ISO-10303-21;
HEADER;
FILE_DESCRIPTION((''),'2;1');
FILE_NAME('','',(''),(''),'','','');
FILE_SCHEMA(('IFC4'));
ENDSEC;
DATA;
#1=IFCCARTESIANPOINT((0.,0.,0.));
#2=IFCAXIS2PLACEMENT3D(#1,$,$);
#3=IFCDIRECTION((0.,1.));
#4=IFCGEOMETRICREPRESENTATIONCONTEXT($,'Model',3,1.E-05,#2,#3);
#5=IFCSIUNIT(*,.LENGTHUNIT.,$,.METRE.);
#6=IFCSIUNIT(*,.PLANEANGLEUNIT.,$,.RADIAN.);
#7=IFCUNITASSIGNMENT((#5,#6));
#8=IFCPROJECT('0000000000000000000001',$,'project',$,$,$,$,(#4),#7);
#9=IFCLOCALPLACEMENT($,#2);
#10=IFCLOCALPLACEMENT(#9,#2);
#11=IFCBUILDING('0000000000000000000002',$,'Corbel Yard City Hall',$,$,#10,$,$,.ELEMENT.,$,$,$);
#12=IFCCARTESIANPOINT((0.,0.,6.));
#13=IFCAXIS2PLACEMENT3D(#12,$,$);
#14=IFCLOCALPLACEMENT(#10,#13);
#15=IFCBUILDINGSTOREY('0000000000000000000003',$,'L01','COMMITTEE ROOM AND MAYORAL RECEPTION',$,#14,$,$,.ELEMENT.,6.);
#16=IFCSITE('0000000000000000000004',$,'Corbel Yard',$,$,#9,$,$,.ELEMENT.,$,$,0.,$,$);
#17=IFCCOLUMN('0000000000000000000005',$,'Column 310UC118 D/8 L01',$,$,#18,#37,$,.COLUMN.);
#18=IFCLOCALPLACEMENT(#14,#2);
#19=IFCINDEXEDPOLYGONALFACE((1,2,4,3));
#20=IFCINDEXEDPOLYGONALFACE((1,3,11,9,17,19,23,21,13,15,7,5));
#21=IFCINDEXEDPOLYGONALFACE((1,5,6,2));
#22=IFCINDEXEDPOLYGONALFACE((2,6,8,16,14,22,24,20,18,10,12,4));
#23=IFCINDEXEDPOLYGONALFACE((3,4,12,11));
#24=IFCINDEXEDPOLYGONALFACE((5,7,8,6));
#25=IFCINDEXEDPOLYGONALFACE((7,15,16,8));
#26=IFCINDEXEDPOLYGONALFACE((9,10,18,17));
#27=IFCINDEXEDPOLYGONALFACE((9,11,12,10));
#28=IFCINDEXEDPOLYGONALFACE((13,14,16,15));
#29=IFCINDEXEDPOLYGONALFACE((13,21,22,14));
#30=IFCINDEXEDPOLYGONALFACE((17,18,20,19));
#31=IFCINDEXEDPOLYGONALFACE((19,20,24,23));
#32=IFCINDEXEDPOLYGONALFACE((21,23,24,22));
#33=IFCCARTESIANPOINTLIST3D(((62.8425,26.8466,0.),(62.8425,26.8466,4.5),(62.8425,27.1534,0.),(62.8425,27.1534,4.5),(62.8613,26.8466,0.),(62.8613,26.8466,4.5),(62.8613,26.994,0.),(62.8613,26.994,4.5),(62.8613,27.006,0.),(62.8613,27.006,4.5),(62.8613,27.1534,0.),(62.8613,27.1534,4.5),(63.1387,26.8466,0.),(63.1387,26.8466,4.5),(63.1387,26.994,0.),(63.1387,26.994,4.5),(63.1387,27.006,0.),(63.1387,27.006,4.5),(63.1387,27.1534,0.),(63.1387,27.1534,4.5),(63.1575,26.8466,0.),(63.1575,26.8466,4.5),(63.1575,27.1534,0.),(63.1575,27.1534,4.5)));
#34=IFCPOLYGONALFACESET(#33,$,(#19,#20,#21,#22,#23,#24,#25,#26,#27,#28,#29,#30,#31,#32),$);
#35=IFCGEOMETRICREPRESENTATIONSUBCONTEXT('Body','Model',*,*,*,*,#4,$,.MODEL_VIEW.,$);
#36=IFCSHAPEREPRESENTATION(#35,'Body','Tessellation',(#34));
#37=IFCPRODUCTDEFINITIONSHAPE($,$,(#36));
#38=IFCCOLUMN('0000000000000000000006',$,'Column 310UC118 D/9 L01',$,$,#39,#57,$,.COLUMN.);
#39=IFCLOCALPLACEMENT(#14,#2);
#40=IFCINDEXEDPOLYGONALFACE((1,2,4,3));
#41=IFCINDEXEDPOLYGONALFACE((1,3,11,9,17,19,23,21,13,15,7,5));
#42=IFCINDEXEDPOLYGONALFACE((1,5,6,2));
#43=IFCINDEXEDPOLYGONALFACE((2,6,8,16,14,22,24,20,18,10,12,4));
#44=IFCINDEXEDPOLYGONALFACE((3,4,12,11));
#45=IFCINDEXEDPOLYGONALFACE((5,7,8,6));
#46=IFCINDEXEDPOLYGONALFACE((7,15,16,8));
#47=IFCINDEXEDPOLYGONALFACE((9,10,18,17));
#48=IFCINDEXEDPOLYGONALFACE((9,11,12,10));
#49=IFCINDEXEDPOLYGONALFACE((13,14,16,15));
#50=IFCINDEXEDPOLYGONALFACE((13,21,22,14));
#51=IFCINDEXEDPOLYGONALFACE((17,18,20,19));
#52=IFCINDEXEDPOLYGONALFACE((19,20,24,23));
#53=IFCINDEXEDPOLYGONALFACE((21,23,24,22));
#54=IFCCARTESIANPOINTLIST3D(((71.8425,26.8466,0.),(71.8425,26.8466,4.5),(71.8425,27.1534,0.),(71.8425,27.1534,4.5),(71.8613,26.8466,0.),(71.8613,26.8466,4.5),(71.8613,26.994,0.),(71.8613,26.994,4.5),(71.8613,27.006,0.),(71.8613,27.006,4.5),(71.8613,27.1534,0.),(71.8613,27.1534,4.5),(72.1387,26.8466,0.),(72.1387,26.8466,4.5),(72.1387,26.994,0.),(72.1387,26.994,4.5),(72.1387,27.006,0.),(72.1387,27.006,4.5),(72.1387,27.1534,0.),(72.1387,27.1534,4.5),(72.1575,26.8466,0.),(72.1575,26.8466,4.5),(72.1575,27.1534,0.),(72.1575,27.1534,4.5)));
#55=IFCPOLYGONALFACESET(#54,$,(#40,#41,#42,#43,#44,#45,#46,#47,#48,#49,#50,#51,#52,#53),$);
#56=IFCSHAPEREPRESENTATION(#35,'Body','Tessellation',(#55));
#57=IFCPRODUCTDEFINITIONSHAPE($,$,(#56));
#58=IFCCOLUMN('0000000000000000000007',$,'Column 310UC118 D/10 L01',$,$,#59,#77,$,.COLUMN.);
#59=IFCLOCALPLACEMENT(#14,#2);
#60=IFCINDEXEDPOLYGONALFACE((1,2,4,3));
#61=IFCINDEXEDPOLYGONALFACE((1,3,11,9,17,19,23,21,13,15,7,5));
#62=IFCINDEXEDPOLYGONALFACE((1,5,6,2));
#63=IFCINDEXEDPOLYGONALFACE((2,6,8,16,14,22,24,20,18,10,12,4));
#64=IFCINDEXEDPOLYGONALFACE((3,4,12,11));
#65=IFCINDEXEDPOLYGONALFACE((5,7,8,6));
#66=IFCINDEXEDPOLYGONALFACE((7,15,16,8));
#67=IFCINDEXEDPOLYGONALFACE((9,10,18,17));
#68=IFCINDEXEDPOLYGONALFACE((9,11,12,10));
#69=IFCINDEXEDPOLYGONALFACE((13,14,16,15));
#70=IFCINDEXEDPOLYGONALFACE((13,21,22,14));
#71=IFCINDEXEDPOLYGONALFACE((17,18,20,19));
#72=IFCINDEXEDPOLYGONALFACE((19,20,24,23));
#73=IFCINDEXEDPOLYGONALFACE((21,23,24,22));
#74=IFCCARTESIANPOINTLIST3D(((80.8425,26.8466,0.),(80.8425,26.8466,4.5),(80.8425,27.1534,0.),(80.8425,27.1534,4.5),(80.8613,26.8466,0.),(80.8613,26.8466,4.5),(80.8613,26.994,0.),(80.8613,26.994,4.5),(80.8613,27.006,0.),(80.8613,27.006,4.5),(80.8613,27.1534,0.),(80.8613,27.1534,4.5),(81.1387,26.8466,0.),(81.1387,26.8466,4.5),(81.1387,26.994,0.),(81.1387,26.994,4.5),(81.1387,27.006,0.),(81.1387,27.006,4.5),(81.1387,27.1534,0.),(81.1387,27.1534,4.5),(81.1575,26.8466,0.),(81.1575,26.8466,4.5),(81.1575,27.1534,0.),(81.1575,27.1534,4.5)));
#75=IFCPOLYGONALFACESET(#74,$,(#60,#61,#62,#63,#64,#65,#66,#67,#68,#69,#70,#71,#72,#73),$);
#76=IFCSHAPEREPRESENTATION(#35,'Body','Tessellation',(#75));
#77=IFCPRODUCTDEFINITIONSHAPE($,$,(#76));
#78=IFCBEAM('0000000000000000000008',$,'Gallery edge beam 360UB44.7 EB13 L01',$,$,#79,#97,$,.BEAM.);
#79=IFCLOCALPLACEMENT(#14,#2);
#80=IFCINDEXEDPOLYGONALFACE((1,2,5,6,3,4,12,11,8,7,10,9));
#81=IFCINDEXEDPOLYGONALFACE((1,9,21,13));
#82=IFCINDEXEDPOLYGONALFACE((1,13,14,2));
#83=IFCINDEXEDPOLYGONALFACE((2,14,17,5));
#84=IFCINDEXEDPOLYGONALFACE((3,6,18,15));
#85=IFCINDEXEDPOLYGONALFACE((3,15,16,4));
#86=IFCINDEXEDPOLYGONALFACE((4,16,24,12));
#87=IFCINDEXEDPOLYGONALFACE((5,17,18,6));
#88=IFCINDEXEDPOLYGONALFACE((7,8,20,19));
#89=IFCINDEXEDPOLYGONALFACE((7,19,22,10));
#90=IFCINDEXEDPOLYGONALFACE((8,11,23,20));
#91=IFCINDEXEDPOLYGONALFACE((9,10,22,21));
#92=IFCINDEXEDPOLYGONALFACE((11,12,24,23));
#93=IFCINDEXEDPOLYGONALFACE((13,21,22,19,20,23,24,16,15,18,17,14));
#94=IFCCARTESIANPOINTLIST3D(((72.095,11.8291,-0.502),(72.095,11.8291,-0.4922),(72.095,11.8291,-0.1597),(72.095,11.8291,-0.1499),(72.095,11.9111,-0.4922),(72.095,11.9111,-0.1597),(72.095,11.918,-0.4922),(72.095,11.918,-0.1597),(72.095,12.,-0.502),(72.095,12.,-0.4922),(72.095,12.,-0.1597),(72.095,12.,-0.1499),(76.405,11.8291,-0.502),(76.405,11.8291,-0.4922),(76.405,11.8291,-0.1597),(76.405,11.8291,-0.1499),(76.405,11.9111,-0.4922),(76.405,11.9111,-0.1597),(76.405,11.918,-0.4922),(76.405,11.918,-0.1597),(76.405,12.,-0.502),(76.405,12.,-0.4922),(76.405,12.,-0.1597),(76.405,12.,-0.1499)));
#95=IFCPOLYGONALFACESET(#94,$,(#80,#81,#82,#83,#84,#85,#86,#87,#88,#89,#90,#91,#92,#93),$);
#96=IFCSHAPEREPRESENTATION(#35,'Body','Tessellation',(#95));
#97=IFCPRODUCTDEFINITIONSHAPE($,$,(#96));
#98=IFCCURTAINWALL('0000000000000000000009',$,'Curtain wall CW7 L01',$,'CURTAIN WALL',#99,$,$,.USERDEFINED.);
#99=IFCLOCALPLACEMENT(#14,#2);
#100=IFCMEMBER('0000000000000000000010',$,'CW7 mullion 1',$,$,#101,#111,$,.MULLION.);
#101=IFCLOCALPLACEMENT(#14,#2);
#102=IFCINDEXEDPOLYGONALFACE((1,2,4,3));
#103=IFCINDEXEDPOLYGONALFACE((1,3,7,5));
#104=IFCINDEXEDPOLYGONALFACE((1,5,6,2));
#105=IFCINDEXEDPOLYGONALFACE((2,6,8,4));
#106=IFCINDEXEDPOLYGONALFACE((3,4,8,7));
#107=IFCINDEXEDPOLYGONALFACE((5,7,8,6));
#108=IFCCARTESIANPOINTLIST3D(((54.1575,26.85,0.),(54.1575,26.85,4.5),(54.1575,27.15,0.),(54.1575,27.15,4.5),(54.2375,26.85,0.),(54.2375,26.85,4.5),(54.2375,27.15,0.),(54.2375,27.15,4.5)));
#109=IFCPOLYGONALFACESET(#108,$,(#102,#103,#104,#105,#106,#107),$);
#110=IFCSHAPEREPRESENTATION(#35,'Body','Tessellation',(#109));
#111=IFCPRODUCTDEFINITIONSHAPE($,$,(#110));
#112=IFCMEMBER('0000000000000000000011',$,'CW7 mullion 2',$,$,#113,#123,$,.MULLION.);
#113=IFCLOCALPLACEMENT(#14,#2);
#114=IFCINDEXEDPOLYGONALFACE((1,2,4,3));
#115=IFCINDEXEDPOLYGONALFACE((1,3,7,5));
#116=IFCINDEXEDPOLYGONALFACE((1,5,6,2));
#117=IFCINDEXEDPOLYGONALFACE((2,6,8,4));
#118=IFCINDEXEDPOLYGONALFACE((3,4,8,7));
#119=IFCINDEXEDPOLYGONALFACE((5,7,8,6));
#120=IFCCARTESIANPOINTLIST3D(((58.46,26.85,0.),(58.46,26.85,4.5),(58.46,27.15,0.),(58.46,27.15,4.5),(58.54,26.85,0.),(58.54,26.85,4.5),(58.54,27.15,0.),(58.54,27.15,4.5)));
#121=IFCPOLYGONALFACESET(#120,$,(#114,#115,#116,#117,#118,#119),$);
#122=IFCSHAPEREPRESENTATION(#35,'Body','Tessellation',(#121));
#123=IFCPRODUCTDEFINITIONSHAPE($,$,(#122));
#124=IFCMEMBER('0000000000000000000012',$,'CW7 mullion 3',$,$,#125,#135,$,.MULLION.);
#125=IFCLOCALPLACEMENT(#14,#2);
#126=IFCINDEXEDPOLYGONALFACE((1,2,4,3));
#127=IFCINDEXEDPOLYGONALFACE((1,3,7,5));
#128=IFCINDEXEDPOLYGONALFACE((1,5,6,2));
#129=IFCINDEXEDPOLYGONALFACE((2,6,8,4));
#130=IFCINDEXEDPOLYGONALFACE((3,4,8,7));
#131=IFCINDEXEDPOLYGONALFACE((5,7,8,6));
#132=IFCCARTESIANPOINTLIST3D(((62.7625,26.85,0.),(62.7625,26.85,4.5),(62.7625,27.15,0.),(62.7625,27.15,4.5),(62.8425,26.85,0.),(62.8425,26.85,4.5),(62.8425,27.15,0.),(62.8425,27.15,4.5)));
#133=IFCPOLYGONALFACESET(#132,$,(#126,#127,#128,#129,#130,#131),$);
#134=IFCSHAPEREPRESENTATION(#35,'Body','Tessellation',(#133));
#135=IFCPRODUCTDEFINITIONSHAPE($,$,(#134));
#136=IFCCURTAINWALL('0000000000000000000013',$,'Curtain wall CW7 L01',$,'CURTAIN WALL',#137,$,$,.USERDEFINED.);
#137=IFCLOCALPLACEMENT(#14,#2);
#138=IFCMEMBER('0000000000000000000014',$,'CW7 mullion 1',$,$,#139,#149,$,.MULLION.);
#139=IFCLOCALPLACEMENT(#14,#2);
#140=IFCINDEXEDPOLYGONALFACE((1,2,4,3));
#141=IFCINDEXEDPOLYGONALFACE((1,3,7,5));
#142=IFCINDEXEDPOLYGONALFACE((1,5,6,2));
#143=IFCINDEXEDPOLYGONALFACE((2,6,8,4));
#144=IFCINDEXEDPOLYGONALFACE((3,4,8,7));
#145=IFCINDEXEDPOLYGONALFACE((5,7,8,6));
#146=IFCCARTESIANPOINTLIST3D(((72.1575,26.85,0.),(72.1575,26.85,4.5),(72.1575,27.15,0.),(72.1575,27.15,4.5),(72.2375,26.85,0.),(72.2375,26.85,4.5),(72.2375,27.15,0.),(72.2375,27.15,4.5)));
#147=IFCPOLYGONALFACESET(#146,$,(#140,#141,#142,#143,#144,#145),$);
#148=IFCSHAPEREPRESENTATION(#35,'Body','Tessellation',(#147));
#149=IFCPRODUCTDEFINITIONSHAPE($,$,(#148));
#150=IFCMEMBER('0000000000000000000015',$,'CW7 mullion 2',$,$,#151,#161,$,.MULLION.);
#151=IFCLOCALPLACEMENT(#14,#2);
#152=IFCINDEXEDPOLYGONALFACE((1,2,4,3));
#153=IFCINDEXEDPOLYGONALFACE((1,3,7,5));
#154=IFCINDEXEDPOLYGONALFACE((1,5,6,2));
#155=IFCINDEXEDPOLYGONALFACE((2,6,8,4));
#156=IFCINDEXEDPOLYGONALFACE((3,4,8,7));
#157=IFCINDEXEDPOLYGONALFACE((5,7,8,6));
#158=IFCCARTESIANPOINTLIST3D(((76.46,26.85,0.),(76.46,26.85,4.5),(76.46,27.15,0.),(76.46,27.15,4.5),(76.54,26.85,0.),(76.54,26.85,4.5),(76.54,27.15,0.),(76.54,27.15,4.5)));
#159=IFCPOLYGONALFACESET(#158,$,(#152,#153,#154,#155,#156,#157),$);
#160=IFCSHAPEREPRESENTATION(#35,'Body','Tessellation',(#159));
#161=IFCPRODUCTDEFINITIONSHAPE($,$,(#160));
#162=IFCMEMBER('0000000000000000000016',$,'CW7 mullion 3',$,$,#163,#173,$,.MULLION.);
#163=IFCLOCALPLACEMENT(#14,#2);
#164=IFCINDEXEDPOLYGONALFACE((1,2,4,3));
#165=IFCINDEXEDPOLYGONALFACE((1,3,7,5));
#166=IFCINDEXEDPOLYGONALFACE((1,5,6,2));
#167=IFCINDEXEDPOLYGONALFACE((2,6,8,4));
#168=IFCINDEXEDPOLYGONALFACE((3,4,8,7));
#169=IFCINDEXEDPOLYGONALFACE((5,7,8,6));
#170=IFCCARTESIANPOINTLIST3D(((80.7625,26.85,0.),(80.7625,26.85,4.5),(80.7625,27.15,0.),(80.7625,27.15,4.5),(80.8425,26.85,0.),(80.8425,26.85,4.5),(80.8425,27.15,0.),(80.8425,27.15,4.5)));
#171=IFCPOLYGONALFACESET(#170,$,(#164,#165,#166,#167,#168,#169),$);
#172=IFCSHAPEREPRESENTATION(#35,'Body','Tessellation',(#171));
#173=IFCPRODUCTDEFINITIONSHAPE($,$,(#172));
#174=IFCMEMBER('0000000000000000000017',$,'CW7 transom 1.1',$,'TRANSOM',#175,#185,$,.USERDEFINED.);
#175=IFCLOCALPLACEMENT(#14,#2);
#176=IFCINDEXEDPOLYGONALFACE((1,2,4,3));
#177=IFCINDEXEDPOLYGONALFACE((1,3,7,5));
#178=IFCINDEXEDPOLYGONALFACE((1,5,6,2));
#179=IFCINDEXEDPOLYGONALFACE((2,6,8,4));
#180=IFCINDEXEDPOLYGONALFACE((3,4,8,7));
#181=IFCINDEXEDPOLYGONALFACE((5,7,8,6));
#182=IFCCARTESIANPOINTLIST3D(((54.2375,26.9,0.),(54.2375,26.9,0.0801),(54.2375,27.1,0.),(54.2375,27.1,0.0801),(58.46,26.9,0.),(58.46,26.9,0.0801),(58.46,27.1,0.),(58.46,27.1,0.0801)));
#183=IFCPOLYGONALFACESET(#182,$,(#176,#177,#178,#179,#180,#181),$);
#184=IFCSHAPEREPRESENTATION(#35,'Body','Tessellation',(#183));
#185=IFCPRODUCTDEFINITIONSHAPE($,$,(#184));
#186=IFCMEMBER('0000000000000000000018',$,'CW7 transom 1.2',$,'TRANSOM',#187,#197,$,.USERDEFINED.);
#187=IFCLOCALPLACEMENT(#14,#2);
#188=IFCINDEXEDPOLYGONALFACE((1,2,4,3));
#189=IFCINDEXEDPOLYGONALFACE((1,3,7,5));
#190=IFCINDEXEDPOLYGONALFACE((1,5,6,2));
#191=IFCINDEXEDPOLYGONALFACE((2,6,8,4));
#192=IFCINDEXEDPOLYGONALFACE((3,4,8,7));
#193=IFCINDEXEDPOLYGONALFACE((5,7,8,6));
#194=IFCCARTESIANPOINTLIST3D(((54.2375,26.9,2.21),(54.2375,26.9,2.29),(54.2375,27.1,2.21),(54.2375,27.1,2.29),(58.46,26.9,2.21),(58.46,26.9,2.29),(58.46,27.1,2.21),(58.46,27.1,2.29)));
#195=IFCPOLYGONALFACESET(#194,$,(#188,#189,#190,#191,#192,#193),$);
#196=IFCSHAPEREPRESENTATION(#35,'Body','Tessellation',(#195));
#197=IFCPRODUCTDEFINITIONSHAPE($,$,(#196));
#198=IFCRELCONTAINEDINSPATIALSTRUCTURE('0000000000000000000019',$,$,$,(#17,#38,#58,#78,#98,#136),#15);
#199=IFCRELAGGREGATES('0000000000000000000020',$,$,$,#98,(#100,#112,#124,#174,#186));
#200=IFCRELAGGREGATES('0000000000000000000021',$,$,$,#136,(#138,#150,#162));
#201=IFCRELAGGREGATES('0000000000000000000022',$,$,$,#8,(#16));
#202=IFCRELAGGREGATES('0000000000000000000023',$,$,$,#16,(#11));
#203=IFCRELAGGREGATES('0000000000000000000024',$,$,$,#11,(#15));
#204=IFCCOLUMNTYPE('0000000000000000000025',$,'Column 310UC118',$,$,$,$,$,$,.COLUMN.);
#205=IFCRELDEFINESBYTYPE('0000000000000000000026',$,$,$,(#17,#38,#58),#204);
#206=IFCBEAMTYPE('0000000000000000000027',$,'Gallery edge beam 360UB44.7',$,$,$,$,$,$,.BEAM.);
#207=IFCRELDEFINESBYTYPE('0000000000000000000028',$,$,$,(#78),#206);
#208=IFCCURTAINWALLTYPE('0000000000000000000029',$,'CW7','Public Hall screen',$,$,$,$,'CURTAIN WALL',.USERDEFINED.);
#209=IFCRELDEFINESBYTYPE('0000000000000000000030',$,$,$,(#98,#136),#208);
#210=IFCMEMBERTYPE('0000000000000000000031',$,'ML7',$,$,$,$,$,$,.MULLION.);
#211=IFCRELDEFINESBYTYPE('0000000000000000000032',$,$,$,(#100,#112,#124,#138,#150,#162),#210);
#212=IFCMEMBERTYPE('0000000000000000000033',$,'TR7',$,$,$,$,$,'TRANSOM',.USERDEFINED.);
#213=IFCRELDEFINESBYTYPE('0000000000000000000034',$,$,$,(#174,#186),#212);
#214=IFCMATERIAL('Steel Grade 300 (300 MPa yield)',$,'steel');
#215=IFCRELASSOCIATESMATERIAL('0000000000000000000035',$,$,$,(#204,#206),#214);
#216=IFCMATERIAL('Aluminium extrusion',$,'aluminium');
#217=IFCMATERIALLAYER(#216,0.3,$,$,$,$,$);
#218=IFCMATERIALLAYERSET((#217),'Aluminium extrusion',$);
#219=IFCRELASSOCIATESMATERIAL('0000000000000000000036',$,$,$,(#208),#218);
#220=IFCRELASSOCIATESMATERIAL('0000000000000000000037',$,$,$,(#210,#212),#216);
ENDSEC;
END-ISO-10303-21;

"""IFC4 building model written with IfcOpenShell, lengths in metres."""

from ifc_helpers import new_model, si_unit, direction, frame, origin, origin_2d, place, context, subcontext, project, spatial, rectangle, i_section, extrude, material, layer, layer_set, material_profile, profile_set, type_object, element, aggregate, save


model = new_model("IFC4")

# Units and contexts
model_context = context("Model", 3, precision=1e-05, world=origin(), true_north=direction((0.0, 1.0)))
body_context = subcontext(model_context, "Body", "Model", "MODEL_VIEW")
ifc_project = project(units=[si_unit("LENGTHUNIT", "METRE"), si_unit("PLANEANGLEUNIT", "RADIAN")], contexts=[model_context])

# Site, building, storey
site_placement = place(None, origin())
site = spatial("IfcSite", under=ifc_project, at=site_placement, Name="Corbel Yard", CompositionType="ELEMENT", RefElevation=0.0)
building_placement = place(site_placement, origin())
building = spatial("IfcBuilding", under=site, at=building_placement, Name="Corbel Yard City Hall", CompositionType="ELEMENT")
storey_placement = place(building_placement, frame((0.0, 0.0, 6.0)))
storey = spatial("IfcBuildingStorey", under=building, at=storey_placement, Name="L01", Description="COMMITTEE ROOM AND MAYORAL RECEPTION", CompositionType="ELEMENT", Elevation=6.0)

# Columns
ifc_material_1 = material(Name="Steel Grade 300 (300 MPa yield)", Category="steel")
ifc_material_profile_1 = material_profile(ifc_material_1, i_section(OverallWidth=0.3069, OverallDepth=0.3149, WebThickness=0.012, FlangeThickness=0.0188, at=origin_2d()), Name="310UC118")
ifc_profile_set_1 = profile_set([ifc_material_profile_1], Name="Steel Grade 300 (300 MPa yield)")
column_type = type_object("IfcColumnType", Name="Column 310UC118", PredefinedType="COLUMN", material=ifc_profile_set_1)
for number, where, z_axis, x_axis, name in (
    (1, (63.0, 27.0, 0.0), (0.0, 0.0, 1.0), (0.0, 1.0, 0.0), "Column 310UC118 D/8 L01"),
    (2, (72.0, 27.0, 0.0), (0.0, 0.0, 1.0), (0.0, 1.0, 0.0), "Column 310UC118 D/9 L01"),
    (3, (81.0, 27.0, 0.0), (0.0, 0.0, 1.0), (0.0, 1.0, 0.0), "Column 310UC118 D/10 L01"),
):
    element("IfcColumn", number, at=place(storey_placement, frame(where, z_axis=z_axis, x_axis=x_axis)), inside=storey, type_object=column_type, Name=name, PredefinedType="COLUMN", context=body_context, shape_type="SweptSolid", body=[
        extrude(i_section(OverallWidth=0.3069, OverallDepth=0.3149, WebThickness=0.012, FlangeThickness=0.0188, at=origin_2d()), origin(), (0.0, 0.0, 1.0), 4.5),
    ])

# Beam
ifc_material_profile_2 = material_profile(ifc_material_1, i_section(OverallWidth=0.1709, OverallDepth=0.3521, WebThickness=0.0068, FlangeThickness=0.0098, at=origin_2d()), Name="360UB44.7")
ifc_profile_set_2 = profile_set([ifc_material_profile_2], Name="Steel Grade 300 (300 MPa yield)")
beam_type = type_object("IfcBeamType", Name="Gallery edge beam 360UB44.7", PredefinedType="BEAM", material=ifc_profile_set_2)
beam_placement = place(storey_placement, frame((72.095, 11.9146, -0.3259), z_axis=(1.0, 0.0, 0.0), x_axis=(0.0, 1.0, 0.0)))
element("IfcBeam", 4, at=beam_placement, inside=storey, type_object=beam_type, Name="Gallery edge beam 360UB44.7 EB13 L01", PredefinedType="BEAM", context=body_context, shape_type="SweptSolid", body=[
    extrude(i_section(OverallWidth=0.1709, OverallDepth=0.3521, WebThickness=0.0068, FlangeThickness=0.0098, at=origin_2d()), origin(), (0.0, 0.0, 1.0), 4.3101),
])

# Curtain walls, members
ifc_material_2 = material(Name="Aluminium extrusion", Category="aluminium")
ifc_layer_1 = layer(ifc_material_2, 0.3)
ifc_layer_set_1 = layer_set([ifc_layer_1], Name="Aluminium extrusion")
curtain_wall_type = type_object("IfcCurtainWallType", Name="CW7", Description="Public Hall screen", ElementType="CURTAIN WALL", PredefinedType="USERDEFINED", material=ifc_layer_set_1)
curtain_wall_1_placement = place(storey_placement, origin())
curtain_wall_1 = element("IfcCurtainWall", 5, at=curtain_wall_1_placement, inside=storey, type_object=curtain_wall_type, Name="Curtain wall CW7 L01", ObjectType="CURTAIN WALL", PredefinedType="USERDEFINED")
ifc_material_profile_3 = material_profile(ifc_material_2, rectangle(XDim=0.3, YDim=0.0801, at=origin_2d()), Name="300x80")
ifc_profile_set_3 = profile_set([ifc_material_profile_3], Name="Aluminium extrusion")
member_type_1 = type_object("IfcMemberType", Name="ML7", PredefinedType="MULLION", material=ifc_profile_set_3)
member_1_placement = place(storey_placement, frame((54.1975, 27.0, 0.0), z_axis=(0.0, 0.0, 1.0), x_axis=(0.0, 1.0, 0.0)))
member_1 = element("IfcMember", 6, at=member_1_placement, type_object=member_type_1, Name="CW7 mullion 1", PredefinedType="MULLION", context=body_context, shape_type="SweptSolid", body=[
    extrude(rectangle(XDim=0.3, YDim=0.0801, at=origin_2d()), origin(), (0.0, 0.0, 1.0), 4.5),
])
member_2_placement = place(storey_placement, frame((58.5, 27.0, 0.0), z_axis=(0.0, 0.0, 1.0), x_axis=(0.0, 1.0, 0.0)))
member_2 = element("IfcMember", 7, at=member_2_placement, type_object=member_type_1, Name="CW7 mullion 2", PredefinedType="MULLION", context=body_context, shape_type="SweptSolid", body=[
    extrude(rectangle(XDim=0.3, YDim=0.0801, at=origin_2d()), origin(), (0.0, 0.0, 1.0), 4.5),
])
member_3_placement = place(storey_placement, frame((62.8025, 27.0, 0.0), z_axis=(0.0, 0.0, 1.0), x_axis=(0.0, 1.0, 0.0)))
member_3 = element("IfcMember", 8, at=member_3_placement, type_object=member_type_1, Name="CW7 mullion 3", PredefinedType="MULLION", context=body_context, shape_type="SweptSolid", body=[
    extrude(rectangle(XDim=0.3, YDim=0.0801, at=origin_2d()), origin(), (0.0, 0.0, 1.0), 4.5),
])
curtain_wall_2_placement = place(storey_placement, origin())
curtain_wall_2 = element("IfcCurtainWall", 9, at=curtain_wall_2_placement, inside=storey, type_object=curtain_wall_type, Name="Curtain wall CW7 L01", ObjectType="CURTAIN WALL", PredefinedType="USERDEFINED")
member_4_placement = place(storey_placement, frame((72.1975, 27.0, 0.0), z_axis=(0.0, 0.0, 1.0), x_axis=(0.0, 1.0, 0.0)))
member_4 = element("IfcMember", 10, at=member_4_placement, type_object=member_type_1, Name="CW7 mullion 1", PredefinedType="MULLION", context=body_context, shape_type="SweptSolid", body=[
    extrude(rectangle(XDim=0.3, YDim=0.0801, at=origin_2d()), origin(), (0.0, 0.0, 1.0), 4.5),
])
member_5_placement = place(storey_placement, frame((76.5, 27.0, 0.0), z_axis=(0.0, 0.0, 1.0), x_axis=(0.0, 1.0, 0.0)))
member_5 = element("IfcMember", 11, at=member_5_placement, type_object=member_type_1, Name="CW7 mullion 2", PredefinedType="MULLION", context=body_context, shape_type="SweptSolid", body=[
    extrude(rectangle(XDim=0.3, YDim=0.0801, at=origin_2d()), origin(), (0.0, 0.0, 1.0), 4.5),
])
member_6_placement = place(storey_placement, frame((80.8025, 27.0, 0.0), z_axis=(0.0, 0.0, 1.0), x_axis=(0.0, 1.0, 0.0)))
member_6 = element("IfcMember", 12, at=member_6_placement, type_object=member_type_1, Name="CW7 mullion 3", PredefinedType="MULLION", context=body_context, shape_type="SweptSolid", body=[
    extrude(rectangle(XDim=0.3, YDim=0.0801, at=origin_2d()), origin(), (0.0, 0.0, 1.0), 4.5),
])

# Members
ifc_material_profile_4 = material_profile(ifc_material_2, rectangle(XDim=0.2, YDim=0.0801, at=origin_2d()), Name="200x80")
ifc_profile_set_4 = profile_set([ifc_material_profile_4], Name="Aluminium extrusion")
member_type_2 = type_object("IfcMemberType", Name="TR7", ElementType="TRANSOM", PredefinedType="USERDEFINED", material=ifc_profile_set_4)
member_7_placement = place(storey_placement, frame((54.2375, 27.0, 0.04), z_axis=(1.0, 0.0, 0.0), x_axis=(0.0, 1.0, 0.0)))
member_7 = element("IfcMember", 13, at=member_7_placement, type_object=member_type_2, Name="CW7 transom 1.1", ObjectType="TRANSOM", PredefinedType="USERDEFINED", context=body_context, shape_type="SweptSolid", body=[
    extrude(rectangle(XDim=0.2, YDim=0.0801, at=origin_2d()), origin(), (0.0, 0.0, 1.0), 4.2224),
])
member_8_placement = place(storey_placement, frame((54.2375, 27.0, 2.25), z_axis=(1.0, 0.0, 0.0), x_axis=(0.0, 1.0, 0.0)))
member_8 = element("IfcMember", 14, at=member_8_placement, type_object=member_type_2, Name="CW7 transom 1.2", ObjectType="TRANSOM", PredefinedType="USERDEFINED", context=body_context, shape_type="SweptSolid", body=[
    extrude(rectangle(XDim=0.2, YDim=0.0801, at=origin_2d()), origin(), (0.0, 0.0, 1.0), 4.2224),
])

aggregate(curtain_wall_1, [member_1, member_2, member_3, member_7, member_8])
aggregate(curtain_wall_2, [member_4, member_5, member_6])

save(model, "model.ifc")
